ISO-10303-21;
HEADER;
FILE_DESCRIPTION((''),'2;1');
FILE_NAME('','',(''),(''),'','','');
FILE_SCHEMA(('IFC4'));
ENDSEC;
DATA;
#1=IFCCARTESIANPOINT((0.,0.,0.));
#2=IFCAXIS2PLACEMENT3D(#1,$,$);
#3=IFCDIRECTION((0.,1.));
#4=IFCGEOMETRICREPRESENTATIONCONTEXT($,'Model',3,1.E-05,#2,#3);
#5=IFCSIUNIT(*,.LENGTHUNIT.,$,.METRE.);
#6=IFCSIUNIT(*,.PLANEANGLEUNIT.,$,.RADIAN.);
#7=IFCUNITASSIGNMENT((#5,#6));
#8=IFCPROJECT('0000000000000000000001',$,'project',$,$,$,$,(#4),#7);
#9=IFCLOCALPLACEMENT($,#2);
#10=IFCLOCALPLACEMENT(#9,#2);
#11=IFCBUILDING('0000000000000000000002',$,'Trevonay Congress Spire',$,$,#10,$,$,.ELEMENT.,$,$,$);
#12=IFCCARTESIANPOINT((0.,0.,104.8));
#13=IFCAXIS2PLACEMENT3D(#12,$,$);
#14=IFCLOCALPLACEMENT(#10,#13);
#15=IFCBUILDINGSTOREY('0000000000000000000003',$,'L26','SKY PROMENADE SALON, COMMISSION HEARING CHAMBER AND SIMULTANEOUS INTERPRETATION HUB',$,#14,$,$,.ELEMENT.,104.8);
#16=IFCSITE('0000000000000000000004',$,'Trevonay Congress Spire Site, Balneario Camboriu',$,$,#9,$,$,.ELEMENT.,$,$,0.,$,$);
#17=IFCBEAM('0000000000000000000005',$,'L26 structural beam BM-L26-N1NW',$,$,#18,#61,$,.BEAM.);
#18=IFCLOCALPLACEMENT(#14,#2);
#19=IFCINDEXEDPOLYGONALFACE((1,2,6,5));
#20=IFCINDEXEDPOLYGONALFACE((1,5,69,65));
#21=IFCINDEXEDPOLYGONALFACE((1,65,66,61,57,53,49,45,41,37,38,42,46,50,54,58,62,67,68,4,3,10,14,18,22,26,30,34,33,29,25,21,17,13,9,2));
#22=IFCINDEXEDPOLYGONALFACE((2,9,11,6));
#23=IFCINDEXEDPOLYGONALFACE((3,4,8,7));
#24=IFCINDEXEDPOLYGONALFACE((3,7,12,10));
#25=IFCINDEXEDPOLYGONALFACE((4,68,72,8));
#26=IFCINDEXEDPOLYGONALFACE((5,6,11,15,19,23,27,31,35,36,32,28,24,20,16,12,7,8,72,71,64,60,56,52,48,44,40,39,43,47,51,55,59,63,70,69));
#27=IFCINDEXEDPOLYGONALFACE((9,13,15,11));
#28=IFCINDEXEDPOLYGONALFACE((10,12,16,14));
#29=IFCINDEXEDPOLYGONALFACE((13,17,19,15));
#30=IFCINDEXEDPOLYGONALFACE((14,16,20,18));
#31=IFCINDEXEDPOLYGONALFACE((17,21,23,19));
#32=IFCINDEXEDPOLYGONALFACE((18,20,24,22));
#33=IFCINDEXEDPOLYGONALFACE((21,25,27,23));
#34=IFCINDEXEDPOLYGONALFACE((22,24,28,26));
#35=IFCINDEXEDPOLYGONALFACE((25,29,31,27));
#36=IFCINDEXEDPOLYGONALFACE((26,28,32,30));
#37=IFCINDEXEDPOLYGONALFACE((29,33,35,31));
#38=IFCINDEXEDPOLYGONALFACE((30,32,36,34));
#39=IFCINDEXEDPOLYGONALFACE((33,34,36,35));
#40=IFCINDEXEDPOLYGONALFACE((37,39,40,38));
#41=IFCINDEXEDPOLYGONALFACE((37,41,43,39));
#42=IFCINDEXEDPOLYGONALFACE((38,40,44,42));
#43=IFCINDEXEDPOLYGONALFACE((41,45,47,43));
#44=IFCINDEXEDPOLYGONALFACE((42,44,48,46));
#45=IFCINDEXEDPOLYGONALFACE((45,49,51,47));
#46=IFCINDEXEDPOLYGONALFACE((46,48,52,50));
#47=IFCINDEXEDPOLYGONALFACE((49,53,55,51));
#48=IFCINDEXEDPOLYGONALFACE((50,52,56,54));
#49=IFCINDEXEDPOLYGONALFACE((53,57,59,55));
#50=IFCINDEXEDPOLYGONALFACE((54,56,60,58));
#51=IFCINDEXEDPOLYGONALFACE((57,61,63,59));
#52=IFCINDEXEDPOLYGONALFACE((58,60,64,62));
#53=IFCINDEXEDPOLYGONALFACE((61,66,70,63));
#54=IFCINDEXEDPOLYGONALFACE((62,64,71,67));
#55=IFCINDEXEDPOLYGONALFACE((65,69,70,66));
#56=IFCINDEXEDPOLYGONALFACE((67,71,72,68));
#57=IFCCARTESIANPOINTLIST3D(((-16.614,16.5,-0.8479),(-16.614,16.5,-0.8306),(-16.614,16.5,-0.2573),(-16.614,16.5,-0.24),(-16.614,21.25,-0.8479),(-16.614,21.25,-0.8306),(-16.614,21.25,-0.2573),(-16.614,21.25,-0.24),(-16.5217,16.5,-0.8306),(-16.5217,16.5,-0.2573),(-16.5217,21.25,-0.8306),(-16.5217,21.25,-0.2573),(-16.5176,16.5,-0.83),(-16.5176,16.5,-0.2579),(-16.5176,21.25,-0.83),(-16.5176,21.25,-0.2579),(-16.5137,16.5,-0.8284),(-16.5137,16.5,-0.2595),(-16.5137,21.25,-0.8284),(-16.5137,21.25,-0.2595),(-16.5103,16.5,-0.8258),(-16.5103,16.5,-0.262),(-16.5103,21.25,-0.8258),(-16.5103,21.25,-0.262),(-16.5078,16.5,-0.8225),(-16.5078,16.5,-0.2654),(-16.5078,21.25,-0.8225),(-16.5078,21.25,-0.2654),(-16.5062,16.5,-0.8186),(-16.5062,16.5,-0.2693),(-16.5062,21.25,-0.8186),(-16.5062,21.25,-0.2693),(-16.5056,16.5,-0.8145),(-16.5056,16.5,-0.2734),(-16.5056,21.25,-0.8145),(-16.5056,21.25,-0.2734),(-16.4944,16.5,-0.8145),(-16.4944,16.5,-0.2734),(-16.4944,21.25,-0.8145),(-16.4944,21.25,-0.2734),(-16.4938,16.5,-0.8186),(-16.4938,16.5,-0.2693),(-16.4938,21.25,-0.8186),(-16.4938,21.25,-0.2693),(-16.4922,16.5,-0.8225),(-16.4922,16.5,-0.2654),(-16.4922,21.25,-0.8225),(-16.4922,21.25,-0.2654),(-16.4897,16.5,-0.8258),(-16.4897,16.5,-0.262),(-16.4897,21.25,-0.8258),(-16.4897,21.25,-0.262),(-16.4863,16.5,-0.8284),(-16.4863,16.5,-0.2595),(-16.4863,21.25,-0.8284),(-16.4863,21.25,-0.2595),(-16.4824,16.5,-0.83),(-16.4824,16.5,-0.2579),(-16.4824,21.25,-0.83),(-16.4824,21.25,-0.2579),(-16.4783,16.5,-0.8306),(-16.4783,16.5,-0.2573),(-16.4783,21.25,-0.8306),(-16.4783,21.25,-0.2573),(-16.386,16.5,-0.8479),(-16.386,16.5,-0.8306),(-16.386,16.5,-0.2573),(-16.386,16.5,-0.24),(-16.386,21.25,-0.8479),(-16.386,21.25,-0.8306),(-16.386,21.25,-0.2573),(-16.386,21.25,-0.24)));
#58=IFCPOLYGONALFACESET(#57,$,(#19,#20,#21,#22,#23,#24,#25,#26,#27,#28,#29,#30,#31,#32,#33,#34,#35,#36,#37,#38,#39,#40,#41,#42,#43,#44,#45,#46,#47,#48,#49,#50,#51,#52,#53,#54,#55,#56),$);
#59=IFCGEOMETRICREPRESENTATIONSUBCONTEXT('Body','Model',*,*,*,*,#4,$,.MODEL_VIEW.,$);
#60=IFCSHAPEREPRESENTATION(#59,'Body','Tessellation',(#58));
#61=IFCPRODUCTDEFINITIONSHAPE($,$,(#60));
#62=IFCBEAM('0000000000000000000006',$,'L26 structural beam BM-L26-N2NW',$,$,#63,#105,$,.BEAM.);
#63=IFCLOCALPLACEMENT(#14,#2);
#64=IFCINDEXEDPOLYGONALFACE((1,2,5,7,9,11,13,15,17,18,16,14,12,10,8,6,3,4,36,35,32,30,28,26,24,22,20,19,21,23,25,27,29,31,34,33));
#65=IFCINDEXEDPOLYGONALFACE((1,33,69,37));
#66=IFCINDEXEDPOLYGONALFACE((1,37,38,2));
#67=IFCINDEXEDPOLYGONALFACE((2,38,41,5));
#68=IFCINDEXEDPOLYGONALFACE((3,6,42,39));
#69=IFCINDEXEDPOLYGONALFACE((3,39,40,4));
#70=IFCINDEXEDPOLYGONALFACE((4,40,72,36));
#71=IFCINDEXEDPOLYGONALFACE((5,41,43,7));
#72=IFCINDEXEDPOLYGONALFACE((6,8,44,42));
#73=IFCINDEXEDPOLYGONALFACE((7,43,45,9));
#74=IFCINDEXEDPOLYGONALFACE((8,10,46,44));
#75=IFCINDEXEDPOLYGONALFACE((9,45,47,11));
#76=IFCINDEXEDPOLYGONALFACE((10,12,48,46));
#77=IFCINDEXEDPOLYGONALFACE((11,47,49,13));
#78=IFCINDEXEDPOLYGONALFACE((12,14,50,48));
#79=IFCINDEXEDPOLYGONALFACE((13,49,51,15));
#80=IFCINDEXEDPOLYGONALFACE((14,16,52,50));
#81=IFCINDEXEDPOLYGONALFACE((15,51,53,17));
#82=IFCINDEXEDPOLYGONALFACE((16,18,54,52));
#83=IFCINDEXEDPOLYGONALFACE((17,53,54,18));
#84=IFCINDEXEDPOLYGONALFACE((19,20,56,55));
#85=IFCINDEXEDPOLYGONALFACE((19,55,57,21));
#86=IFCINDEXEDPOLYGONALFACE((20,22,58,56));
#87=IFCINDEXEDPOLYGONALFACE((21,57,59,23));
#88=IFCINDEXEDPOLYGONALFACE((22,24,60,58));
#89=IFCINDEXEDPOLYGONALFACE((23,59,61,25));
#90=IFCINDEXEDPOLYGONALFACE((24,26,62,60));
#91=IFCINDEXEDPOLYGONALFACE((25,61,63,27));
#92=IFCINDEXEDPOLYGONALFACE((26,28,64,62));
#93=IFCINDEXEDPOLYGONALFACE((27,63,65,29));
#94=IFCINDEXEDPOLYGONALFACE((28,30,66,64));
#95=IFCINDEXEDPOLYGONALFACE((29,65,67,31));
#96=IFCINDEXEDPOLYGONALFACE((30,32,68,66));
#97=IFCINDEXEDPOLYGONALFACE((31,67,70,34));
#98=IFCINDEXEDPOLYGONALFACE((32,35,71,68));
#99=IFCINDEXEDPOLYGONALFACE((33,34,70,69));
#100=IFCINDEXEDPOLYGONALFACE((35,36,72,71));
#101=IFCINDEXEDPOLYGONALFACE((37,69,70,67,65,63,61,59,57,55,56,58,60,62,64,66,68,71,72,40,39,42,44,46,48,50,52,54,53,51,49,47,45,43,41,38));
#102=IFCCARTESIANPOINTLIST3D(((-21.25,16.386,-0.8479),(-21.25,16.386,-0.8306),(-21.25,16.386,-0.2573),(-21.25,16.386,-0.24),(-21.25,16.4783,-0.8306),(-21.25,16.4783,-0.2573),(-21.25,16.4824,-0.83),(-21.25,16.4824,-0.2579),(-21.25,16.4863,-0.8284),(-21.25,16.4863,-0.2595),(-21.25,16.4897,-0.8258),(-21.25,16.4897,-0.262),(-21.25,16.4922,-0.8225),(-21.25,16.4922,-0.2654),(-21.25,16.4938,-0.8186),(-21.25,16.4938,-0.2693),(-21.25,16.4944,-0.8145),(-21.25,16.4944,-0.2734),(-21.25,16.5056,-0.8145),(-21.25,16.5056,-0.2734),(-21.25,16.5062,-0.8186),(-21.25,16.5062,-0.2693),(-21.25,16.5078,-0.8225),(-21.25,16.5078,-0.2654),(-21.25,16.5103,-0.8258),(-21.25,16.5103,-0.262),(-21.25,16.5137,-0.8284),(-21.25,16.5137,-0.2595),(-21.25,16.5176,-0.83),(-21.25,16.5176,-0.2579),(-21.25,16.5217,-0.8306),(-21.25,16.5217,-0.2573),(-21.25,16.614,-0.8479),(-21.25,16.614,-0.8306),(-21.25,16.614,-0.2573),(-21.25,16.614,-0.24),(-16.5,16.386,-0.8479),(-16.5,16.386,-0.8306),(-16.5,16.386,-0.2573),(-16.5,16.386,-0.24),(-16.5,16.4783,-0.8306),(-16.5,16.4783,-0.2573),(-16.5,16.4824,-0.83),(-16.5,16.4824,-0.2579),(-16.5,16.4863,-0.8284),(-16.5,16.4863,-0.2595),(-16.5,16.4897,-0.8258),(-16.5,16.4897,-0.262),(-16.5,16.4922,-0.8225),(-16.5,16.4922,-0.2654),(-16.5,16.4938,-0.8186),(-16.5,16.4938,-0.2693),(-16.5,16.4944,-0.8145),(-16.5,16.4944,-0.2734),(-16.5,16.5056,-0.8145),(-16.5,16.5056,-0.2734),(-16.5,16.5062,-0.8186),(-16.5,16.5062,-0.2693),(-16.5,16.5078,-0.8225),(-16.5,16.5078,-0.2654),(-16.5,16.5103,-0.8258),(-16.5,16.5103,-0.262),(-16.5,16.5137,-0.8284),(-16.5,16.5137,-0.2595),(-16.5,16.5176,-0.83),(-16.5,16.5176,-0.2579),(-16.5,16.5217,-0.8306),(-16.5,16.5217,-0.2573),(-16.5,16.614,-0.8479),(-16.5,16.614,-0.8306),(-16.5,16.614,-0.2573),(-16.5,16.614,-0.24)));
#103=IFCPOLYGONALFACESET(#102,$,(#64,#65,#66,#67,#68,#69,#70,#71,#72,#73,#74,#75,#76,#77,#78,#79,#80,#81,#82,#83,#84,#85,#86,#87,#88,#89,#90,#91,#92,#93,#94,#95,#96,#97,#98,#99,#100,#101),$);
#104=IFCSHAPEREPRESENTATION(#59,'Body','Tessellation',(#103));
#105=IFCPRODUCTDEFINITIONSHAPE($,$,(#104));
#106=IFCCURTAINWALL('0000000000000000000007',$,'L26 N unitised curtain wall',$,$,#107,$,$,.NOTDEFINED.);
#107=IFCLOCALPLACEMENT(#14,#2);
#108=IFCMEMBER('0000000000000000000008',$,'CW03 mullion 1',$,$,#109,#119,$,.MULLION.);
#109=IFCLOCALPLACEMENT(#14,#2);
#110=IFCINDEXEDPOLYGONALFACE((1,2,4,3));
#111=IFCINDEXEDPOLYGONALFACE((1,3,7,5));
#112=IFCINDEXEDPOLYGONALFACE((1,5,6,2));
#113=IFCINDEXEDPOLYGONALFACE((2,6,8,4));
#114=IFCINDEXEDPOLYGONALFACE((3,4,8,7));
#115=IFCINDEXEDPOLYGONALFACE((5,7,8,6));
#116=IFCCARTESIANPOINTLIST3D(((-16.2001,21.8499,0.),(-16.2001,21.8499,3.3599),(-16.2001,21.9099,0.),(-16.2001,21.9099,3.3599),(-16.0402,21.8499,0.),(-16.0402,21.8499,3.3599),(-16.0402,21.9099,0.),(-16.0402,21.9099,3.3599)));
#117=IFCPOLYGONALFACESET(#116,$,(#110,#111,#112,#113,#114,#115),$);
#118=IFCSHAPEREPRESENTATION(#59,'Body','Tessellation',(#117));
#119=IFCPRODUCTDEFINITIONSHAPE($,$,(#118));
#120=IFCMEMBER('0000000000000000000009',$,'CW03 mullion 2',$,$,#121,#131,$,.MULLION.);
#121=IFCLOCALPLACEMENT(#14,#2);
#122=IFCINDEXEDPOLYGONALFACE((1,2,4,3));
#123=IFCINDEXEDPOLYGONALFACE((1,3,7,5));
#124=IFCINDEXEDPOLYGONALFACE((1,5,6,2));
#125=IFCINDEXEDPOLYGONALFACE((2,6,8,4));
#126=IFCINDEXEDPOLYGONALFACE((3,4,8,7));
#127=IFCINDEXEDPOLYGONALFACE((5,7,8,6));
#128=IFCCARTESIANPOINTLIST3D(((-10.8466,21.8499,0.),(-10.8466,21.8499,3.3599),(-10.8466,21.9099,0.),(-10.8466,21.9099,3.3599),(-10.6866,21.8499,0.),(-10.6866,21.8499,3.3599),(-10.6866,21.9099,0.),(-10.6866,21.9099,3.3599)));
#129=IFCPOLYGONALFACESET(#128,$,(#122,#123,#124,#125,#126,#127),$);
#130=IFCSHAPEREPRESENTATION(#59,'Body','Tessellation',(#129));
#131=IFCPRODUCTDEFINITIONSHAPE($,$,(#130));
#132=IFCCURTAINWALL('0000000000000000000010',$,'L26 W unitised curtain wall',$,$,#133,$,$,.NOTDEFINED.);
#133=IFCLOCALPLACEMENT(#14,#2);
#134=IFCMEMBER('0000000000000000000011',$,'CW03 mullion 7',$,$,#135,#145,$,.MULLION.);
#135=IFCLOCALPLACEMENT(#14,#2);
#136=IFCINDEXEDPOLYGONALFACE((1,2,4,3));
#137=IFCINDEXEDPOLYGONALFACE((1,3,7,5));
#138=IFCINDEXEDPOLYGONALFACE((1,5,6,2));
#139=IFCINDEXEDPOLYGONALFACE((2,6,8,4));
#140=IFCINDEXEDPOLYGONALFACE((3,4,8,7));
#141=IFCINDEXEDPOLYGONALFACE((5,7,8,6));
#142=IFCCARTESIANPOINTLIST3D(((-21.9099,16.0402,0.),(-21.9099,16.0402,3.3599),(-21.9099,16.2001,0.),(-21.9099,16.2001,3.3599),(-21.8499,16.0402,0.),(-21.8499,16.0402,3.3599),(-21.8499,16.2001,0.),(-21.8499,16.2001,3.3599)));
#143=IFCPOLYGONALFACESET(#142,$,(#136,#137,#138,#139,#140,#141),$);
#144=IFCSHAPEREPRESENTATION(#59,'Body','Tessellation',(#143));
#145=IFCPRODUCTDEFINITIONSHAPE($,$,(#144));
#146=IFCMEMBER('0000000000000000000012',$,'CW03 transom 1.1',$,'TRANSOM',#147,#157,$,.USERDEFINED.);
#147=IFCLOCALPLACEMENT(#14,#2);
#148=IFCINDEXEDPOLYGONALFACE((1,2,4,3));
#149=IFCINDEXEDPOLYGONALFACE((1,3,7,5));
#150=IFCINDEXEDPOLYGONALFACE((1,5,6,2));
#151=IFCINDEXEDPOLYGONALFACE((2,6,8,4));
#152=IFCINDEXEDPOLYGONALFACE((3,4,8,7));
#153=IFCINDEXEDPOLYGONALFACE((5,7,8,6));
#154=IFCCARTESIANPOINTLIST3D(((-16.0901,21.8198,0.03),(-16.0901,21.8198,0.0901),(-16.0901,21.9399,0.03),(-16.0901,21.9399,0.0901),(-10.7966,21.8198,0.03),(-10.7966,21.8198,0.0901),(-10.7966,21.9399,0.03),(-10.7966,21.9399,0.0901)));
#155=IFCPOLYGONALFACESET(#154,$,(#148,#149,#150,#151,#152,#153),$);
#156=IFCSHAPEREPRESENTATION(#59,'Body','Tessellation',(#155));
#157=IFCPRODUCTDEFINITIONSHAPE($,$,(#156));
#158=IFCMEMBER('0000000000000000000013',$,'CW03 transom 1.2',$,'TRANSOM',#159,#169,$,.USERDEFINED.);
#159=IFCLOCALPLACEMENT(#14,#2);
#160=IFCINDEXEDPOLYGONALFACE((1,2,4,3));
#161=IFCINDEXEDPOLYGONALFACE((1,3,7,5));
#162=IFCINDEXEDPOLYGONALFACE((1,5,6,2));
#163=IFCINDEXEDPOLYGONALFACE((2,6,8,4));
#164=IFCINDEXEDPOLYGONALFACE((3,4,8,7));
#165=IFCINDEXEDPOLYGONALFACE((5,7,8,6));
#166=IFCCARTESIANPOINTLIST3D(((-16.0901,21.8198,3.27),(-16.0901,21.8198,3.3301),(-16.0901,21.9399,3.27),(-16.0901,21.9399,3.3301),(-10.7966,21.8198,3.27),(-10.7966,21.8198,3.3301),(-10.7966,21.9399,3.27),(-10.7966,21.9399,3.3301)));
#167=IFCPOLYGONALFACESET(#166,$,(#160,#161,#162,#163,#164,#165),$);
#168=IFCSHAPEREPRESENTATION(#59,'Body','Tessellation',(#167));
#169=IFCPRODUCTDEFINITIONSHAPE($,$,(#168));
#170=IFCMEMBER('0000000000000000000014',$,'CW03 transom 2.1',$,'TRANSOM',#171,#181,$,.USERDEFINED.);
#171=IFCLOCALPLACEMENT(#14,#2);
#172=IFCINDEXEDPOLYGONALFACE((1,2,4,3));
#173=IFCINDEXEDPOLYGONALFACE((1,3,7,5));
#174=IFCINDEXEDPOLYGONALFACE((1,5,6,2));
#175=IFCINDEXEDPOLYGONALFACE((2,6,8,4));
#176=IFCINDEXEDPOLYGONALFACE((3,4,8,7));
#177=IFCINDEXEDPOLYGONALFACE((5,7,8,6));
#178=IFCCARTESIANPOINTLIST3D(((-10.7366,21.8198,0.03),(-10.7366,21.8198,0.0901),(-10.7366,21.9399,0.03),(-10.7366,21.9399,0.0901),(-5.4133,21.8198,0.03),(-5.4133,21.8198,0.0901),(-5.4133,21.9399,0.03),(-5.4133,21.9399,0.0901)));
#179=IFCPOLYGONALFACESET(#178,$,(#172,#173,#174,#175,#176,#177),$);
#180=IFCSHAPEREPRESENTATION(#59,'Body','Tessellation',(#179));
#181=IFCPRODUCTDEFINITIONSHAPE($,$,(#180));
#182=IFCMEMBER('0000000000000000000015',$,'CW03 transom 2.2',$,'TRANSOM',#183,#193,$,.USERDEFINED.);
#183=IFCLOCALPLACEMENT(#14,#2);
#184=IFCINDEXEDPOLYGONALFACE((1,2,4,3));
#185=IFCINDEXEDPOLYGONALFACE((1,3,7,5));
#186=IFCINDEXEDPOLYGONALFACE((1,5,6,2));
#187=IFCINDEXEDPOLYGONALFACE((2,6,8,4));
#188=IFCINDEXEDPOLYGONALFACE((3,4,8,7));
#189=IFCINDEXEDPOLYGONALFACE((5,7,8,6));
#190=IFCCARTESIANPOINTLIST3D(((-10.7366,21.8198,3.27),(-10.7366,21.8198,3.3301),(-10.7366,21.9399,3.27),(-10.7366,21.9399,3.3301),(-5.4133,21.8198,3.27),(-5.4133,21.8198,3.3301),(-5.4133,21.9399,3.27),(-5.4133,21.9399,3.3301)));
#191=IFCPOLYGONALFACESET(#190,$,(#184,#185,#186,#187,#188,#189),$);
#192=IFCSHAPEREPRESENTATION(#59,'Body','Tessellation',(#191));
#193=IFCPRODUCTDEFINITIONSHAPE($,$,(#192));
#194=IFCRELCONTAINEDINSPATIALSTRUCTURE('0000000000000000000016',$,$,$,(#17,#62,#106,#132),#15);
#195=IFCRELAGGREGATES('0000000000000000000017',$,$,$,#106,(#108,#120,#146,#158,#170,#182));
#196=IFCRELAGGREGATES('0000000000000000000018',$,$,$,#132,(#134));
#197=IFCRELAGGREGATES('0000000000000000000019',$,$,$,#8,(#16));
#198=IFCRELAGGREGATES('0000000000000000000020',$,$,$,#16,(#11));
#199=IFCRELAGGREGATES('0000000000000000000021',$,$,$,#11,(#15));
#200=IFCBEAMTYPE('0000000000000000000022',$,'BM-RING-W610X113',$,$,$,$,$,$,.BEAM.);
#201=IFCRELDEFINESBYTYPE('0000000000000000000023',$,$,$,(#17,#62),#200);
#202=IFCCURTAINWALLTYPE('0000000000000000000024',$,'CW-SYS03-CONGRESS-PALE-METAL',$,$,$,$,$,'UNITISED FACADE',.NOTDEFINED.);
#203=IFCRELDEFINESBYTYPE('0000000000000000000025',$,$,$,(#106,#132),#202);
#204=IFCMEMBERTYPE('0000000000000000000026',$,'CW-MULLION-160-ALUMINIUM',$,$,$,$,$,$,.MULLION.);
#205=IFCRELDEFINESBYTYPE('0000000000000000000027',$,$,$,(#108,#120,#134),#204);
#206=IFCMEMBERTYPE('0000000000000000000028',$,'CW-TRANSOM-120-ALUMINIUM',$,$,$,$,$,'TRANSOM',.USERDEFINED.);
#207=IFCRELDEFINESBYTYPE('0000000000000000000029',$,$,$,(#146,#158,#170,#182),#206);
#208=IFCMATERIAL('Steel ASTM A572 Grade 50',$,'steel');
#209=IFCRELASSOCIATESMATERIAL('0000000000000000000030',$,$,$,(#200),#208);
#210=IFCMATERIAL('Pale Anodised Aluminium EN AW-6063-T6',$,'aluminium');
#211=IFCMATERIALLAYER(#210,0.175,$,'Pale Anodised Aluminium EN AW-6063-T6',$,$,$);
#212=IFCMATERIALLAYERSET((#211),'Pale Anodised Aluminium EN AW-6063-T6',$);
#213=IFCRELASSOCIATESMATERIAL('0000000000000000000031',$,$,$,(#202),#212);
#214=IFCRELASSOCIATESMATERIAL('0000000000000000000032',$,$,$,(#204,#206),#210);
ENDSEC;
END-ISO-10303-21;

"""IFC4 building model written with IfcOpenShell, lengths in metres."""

from ifc_helpers import new_model, si_unit, direction, frame, origin, origin_2d, place, context, subcontext, project, spatial, rectangle, i_section, extrude, material, layer, layer_set, material_profile, profile_set, type_object, element, aggregate, save


model = new_model("IFC4")

# Units and contexts
model_context = context("Model", 3, precision=1e-05, world=origin(), true_north=direction((0.0, 1.0)))
body_context = subcontext(model_context, "Body", "Model", "MODEL_VIEW")
ifc_project = project(units=[si_unit("LENGTHUNIT", "METRE"), si_unit("PLANEANGLEUNIT", "RADIAN")], contexts=[model_context])

# Site, building, storey
site_placement = place(None, origin())
site = spatial("IfcSite", under=ifc_project, at=site_placement, Name="Trevonay Congress Spire Site, Balneario Camboriu", CompositionType="ELEMENT", RefElevation=0.0)
building_placement = place(site_placement, origin())
building = spatial("IfcBuilding", under=site, at=building_placement, Name="Trevonay Congress Spire", CompositionType="ELEMENT")
storey_placement = place(building_placement, frame((0.0, 0.0, 104.8)))
storey = spatial("IfcBuildingStorey", under=building, at=storey_placement, Name="L26", Description="SKY PROMENADE SALON, COMMISSION HEARING CHAMBER AND SIMULTANEOUS INTERPRETATION HUB", CompositionType="ELEMENT", Elevation=104.8)

# Shared definitions
ifc_material_1 = material(Name="Steel ASTM A572 Grade 50", Category="steel")

# Beams
ifc_material_profile_1 = material_profile(ifc_material_1, i_section(OverallWidth=0.228, OverallDepth=0.6079, WebThickness=0.0112, FlangeThickness=0.0173, FilletRadius=0.0161, at=origin_2d()), Name="W610x113")
ifc_profile_set_1 = profile_set([ifc_material_profile_1], Name="Steel ASTM A572 Grade 50")
beam_type_1 = type_object("IfcBeamType", Name="BM-RING-W610X113", PredefinedType="BEAM", material=ifc_profile_set_1)
for number, where, z_axis, x_axis, name in (
    (1, (-16.5, 21.25, -0.5439), (0.0, -1.0, 0.0), (1.0, 0.0, 0.0), "L26 structural beam BM-L26-N1NW"),
    (2, (-21.25, 16.5, -0.5439), (1.0, 0.0, 0.0), (0.0, 1.0, 0.0), "L26 structural beam BM-L26-N2NW"),
):
    element("IfcBeam", number, at=place(storey_placement, frame(where, z_axis=z_axis, x_axis=x_axis)), inside=storey, type_object=beam_type_1, Name=name, PredefinedType="BEAM", context=body_context, shape_type="SweptSolid", body=[
        extrude(i_section(OverallWidth=0.228, OverallDepth=0.6079, WebThickness=0.0112, FlangeThickness=0.0173, FilletRadius=0.0161, at=origin_2d()), origin(), (0.0, 0.0, 1.0), 4.75),
    ])

# Curtain wall, members
ifc_material_2 = material(Name="Pale Anodised Aluminium EN AW-6063-T6", Category="aluminium")
ifc_layer_1 = layer(ifc_material_2, 0.175, Name="Pale Anodised Aluminium EN AW-6063-T6")
ifc_layer_set_1 = layer_set([ifc_layer_1], Name="Pale Anodised Aluminium EN AW-6063-T6")
curtain_wall_type = type_object("IfcCurtainWallType", Name="CW-SYS03-CONGRESS-PALE-METAL", ElementType="UNITISED FACADE", PredefinedType="NOTDEFINED", material=ifc_layer_set_1)
curtain_wall_1_placement = place(storey_placement, origin())
curtain_wall_1 = element("IfcCurtainWall", 3, at=curtain_wall_1_placement, inside=storey, type_object=curtain_wall_type, Name="L26 N unitised curtain wall", PredefinedType="NOTDEFINED")
ifc_material_profile_2 = material_profile(ifc_material_2, rectangle(XDim=0.0601, YDim=0.1599, at=origin_2d()), Name="CW-MULLION-160-ALUMINIUM")
ifc_profile_set_2 = profile_set([ifc_material_profile_2], Name="Pale Anodised Aluminium EN AW-6063-T6")
member_type_1 = type_object("IfcMemberType", Name="CW-MULLION-160-ALUMINIUM", PredefinedType="MULLION", material=ifc_profile_set_2)
member_1_placement = place(storey_placement, frame((-16.1201, 21.8799, 0.0), z_axis=(0.0, 0.0, 1.0), x_axis=(0.0, 1.0, 0.0)))
member_1 = element("IfcMember", 4, at=member_1_placement, type_object=member_type_1, Name="CW03 mullion 1", PredefinedType="MULLION", context=body_context, shape_type="SweptSolid", body=[
    extrude(rectangle(XDim=0.0601, YDim=0.1599, at=origin_2d()), origin(), (0.0, 0.0, 1.0), 3.3599),
])
member_2_placement = place(storey_placement, frame((-10.7666, 21.8799, 0.0), z_axis=(0.0, 0.0, 1.0), x_axis=(0.0, 1.0, 0.0)))
member_2 = element("IfcMember", 5, at=member_2_placement, type_object=member_type_1, Name="CW03 mullion 2", PredefinedType="MULLION", context=body_context, shape_type="SweptSolid", body=[
    extrude(rectangle(XDim=0.0601, YDim=0.1599, at=origin_2d()), origin(), (0.0, 0.0, 1.0), 3.3599),
])

# Curtain wall, member
curtain_wall_2_placement = place(storey_placement, origin())
curtain_wall_2 = element("IfcCurtainWall", 6, at=curtain_wall_2_placement, inside=storey, type_object=curtain_wall_type, Name="L26 W unitised curtain wall", PredefinedType="NOTDEFINED")
member_3_placement = place(storey_placement, frame((-21.8799, 16.1201, 0.0), z_axis=(0.0, 0.0, 1.0), x_axis=(-1.0, 0.0, 0.0)))
member_3 = element("IfcMember", 7, at=member_3_placement, type_object=member_type_1, Name="CW03 mullion 7", PredefinedType="MULLION", context=body_context, shape_type="SweptSolid", body=[
    extrude(rectangle(XDim=0.0601, YDim=0.1599, at=origin_2d()), origin(), (0.0, 0.0, 1.0), 3.3599),
])

# Members
ifc_material_profile_3 = material_profile(ifc_material_2, rectangle(XDim=0.1201, YDim=0.0601, at=origin_2d()), Name="CW-TRANSOM-120-ALUMINIUM")
ifc_profile_set_3 = profile_set([ifc_material_profile_3], Name="Pale Anodised Aluminium EN AW-6063-T6")
member_type_2 = type_object("IfcMemberType", Name="CW-TRANSOM-120-ALUMINIUM", ElementType="TRANSOM", PredefinedType="USERDEFINED", material=ifc_profile_set_3)
member_4_placement = place(storey_placement, frame((-16.0901, 21.8799, 0.0601), z_axis=(1.0, 0.0, 0.0), x_axis=(0.0, 1.0, 0.0)))
member_4 = element("IfcMember", 8, at=member_4_placement, type_object=member_type_2, Name="CW03 transom 1.1", ObjectType="TRANSOM", PredefinedType="USERDEFINED", context=body_context, shape_type="SweptSolid", body=[
    extrude(rectangle(XDim=0.1201, YDim=0.0601, at=origin_2d()), origin(), (0.0, 0.0, 1.0), 5.2935),
])
member_5_placement = place(storey_placement, frame((-16.0901, 21.8799, 3.3), z_axis=(1.0, 0.0, 0.0), x_axis=(0.0, 1.0, 0.0)))
member_5 = element("IfcMember", 9, at=member_5_placement, type_object=member_type_2, Name="CW03 transom 1.2", ObjectType="TRANSOM", PredefinedType="USERDEFINED", context=body_context, shape_type="SweptSolid", body=[
    extrude(rectangle(XDim=0.1201, YDim=0.0601, at=origin_2d()), origin(), (0.0, 0.0, 1.0), 5.2935),
])
member_6_placement = place(storey_placement, frame((-10.7366, 21.8799, 0.0601), z_axis=(1.0, 0.0, 0.0), x_axis=(0.0, 1.0, 0.0)))
member_6 = element("IfcMember", 10, at=member_6_placement, type_object=member_type_2, Name="CW03 transom 2.1", ObjectType="TRANSOM", PredefinedType="USERDEFINED", context=body_context, shape_type="SweptSolid", body=[
    extrude(rectangle(XDim=0.1201, YDim=0.0601, at=origin_2d()), origin(), (0.0, 0.0, 1.0), 5.3232),
])
member_7_placement = place(storey_placement, frame((-10.7366, 21.8799, 3.3), z_axis=(1.0, 0.0, 0.0), x_axis=(0.0, 1.0, 0.0)))
member_7 = element("IfcMember", 11, at=member_7_placement, type_object=member_type_2, Name="CW03 transom 2.2", ObjectType="TRANSOM", PredefinedType="USERDEFINED", context=body_context, shape_type="SweptSolid", body=[
    extrude(rectangle(XDim=0.1201, YDim=0.0601, at=origin_2d()), origin(), (0.0, 0.0, 1.0), 5.3232),
])

aggregate(curtain_wall_1, [member_1, member_2, member_4, member_5, member_6, member_7])
aggregate(curtain_wall_2, [member_3])

save(model, "model.ifc")
